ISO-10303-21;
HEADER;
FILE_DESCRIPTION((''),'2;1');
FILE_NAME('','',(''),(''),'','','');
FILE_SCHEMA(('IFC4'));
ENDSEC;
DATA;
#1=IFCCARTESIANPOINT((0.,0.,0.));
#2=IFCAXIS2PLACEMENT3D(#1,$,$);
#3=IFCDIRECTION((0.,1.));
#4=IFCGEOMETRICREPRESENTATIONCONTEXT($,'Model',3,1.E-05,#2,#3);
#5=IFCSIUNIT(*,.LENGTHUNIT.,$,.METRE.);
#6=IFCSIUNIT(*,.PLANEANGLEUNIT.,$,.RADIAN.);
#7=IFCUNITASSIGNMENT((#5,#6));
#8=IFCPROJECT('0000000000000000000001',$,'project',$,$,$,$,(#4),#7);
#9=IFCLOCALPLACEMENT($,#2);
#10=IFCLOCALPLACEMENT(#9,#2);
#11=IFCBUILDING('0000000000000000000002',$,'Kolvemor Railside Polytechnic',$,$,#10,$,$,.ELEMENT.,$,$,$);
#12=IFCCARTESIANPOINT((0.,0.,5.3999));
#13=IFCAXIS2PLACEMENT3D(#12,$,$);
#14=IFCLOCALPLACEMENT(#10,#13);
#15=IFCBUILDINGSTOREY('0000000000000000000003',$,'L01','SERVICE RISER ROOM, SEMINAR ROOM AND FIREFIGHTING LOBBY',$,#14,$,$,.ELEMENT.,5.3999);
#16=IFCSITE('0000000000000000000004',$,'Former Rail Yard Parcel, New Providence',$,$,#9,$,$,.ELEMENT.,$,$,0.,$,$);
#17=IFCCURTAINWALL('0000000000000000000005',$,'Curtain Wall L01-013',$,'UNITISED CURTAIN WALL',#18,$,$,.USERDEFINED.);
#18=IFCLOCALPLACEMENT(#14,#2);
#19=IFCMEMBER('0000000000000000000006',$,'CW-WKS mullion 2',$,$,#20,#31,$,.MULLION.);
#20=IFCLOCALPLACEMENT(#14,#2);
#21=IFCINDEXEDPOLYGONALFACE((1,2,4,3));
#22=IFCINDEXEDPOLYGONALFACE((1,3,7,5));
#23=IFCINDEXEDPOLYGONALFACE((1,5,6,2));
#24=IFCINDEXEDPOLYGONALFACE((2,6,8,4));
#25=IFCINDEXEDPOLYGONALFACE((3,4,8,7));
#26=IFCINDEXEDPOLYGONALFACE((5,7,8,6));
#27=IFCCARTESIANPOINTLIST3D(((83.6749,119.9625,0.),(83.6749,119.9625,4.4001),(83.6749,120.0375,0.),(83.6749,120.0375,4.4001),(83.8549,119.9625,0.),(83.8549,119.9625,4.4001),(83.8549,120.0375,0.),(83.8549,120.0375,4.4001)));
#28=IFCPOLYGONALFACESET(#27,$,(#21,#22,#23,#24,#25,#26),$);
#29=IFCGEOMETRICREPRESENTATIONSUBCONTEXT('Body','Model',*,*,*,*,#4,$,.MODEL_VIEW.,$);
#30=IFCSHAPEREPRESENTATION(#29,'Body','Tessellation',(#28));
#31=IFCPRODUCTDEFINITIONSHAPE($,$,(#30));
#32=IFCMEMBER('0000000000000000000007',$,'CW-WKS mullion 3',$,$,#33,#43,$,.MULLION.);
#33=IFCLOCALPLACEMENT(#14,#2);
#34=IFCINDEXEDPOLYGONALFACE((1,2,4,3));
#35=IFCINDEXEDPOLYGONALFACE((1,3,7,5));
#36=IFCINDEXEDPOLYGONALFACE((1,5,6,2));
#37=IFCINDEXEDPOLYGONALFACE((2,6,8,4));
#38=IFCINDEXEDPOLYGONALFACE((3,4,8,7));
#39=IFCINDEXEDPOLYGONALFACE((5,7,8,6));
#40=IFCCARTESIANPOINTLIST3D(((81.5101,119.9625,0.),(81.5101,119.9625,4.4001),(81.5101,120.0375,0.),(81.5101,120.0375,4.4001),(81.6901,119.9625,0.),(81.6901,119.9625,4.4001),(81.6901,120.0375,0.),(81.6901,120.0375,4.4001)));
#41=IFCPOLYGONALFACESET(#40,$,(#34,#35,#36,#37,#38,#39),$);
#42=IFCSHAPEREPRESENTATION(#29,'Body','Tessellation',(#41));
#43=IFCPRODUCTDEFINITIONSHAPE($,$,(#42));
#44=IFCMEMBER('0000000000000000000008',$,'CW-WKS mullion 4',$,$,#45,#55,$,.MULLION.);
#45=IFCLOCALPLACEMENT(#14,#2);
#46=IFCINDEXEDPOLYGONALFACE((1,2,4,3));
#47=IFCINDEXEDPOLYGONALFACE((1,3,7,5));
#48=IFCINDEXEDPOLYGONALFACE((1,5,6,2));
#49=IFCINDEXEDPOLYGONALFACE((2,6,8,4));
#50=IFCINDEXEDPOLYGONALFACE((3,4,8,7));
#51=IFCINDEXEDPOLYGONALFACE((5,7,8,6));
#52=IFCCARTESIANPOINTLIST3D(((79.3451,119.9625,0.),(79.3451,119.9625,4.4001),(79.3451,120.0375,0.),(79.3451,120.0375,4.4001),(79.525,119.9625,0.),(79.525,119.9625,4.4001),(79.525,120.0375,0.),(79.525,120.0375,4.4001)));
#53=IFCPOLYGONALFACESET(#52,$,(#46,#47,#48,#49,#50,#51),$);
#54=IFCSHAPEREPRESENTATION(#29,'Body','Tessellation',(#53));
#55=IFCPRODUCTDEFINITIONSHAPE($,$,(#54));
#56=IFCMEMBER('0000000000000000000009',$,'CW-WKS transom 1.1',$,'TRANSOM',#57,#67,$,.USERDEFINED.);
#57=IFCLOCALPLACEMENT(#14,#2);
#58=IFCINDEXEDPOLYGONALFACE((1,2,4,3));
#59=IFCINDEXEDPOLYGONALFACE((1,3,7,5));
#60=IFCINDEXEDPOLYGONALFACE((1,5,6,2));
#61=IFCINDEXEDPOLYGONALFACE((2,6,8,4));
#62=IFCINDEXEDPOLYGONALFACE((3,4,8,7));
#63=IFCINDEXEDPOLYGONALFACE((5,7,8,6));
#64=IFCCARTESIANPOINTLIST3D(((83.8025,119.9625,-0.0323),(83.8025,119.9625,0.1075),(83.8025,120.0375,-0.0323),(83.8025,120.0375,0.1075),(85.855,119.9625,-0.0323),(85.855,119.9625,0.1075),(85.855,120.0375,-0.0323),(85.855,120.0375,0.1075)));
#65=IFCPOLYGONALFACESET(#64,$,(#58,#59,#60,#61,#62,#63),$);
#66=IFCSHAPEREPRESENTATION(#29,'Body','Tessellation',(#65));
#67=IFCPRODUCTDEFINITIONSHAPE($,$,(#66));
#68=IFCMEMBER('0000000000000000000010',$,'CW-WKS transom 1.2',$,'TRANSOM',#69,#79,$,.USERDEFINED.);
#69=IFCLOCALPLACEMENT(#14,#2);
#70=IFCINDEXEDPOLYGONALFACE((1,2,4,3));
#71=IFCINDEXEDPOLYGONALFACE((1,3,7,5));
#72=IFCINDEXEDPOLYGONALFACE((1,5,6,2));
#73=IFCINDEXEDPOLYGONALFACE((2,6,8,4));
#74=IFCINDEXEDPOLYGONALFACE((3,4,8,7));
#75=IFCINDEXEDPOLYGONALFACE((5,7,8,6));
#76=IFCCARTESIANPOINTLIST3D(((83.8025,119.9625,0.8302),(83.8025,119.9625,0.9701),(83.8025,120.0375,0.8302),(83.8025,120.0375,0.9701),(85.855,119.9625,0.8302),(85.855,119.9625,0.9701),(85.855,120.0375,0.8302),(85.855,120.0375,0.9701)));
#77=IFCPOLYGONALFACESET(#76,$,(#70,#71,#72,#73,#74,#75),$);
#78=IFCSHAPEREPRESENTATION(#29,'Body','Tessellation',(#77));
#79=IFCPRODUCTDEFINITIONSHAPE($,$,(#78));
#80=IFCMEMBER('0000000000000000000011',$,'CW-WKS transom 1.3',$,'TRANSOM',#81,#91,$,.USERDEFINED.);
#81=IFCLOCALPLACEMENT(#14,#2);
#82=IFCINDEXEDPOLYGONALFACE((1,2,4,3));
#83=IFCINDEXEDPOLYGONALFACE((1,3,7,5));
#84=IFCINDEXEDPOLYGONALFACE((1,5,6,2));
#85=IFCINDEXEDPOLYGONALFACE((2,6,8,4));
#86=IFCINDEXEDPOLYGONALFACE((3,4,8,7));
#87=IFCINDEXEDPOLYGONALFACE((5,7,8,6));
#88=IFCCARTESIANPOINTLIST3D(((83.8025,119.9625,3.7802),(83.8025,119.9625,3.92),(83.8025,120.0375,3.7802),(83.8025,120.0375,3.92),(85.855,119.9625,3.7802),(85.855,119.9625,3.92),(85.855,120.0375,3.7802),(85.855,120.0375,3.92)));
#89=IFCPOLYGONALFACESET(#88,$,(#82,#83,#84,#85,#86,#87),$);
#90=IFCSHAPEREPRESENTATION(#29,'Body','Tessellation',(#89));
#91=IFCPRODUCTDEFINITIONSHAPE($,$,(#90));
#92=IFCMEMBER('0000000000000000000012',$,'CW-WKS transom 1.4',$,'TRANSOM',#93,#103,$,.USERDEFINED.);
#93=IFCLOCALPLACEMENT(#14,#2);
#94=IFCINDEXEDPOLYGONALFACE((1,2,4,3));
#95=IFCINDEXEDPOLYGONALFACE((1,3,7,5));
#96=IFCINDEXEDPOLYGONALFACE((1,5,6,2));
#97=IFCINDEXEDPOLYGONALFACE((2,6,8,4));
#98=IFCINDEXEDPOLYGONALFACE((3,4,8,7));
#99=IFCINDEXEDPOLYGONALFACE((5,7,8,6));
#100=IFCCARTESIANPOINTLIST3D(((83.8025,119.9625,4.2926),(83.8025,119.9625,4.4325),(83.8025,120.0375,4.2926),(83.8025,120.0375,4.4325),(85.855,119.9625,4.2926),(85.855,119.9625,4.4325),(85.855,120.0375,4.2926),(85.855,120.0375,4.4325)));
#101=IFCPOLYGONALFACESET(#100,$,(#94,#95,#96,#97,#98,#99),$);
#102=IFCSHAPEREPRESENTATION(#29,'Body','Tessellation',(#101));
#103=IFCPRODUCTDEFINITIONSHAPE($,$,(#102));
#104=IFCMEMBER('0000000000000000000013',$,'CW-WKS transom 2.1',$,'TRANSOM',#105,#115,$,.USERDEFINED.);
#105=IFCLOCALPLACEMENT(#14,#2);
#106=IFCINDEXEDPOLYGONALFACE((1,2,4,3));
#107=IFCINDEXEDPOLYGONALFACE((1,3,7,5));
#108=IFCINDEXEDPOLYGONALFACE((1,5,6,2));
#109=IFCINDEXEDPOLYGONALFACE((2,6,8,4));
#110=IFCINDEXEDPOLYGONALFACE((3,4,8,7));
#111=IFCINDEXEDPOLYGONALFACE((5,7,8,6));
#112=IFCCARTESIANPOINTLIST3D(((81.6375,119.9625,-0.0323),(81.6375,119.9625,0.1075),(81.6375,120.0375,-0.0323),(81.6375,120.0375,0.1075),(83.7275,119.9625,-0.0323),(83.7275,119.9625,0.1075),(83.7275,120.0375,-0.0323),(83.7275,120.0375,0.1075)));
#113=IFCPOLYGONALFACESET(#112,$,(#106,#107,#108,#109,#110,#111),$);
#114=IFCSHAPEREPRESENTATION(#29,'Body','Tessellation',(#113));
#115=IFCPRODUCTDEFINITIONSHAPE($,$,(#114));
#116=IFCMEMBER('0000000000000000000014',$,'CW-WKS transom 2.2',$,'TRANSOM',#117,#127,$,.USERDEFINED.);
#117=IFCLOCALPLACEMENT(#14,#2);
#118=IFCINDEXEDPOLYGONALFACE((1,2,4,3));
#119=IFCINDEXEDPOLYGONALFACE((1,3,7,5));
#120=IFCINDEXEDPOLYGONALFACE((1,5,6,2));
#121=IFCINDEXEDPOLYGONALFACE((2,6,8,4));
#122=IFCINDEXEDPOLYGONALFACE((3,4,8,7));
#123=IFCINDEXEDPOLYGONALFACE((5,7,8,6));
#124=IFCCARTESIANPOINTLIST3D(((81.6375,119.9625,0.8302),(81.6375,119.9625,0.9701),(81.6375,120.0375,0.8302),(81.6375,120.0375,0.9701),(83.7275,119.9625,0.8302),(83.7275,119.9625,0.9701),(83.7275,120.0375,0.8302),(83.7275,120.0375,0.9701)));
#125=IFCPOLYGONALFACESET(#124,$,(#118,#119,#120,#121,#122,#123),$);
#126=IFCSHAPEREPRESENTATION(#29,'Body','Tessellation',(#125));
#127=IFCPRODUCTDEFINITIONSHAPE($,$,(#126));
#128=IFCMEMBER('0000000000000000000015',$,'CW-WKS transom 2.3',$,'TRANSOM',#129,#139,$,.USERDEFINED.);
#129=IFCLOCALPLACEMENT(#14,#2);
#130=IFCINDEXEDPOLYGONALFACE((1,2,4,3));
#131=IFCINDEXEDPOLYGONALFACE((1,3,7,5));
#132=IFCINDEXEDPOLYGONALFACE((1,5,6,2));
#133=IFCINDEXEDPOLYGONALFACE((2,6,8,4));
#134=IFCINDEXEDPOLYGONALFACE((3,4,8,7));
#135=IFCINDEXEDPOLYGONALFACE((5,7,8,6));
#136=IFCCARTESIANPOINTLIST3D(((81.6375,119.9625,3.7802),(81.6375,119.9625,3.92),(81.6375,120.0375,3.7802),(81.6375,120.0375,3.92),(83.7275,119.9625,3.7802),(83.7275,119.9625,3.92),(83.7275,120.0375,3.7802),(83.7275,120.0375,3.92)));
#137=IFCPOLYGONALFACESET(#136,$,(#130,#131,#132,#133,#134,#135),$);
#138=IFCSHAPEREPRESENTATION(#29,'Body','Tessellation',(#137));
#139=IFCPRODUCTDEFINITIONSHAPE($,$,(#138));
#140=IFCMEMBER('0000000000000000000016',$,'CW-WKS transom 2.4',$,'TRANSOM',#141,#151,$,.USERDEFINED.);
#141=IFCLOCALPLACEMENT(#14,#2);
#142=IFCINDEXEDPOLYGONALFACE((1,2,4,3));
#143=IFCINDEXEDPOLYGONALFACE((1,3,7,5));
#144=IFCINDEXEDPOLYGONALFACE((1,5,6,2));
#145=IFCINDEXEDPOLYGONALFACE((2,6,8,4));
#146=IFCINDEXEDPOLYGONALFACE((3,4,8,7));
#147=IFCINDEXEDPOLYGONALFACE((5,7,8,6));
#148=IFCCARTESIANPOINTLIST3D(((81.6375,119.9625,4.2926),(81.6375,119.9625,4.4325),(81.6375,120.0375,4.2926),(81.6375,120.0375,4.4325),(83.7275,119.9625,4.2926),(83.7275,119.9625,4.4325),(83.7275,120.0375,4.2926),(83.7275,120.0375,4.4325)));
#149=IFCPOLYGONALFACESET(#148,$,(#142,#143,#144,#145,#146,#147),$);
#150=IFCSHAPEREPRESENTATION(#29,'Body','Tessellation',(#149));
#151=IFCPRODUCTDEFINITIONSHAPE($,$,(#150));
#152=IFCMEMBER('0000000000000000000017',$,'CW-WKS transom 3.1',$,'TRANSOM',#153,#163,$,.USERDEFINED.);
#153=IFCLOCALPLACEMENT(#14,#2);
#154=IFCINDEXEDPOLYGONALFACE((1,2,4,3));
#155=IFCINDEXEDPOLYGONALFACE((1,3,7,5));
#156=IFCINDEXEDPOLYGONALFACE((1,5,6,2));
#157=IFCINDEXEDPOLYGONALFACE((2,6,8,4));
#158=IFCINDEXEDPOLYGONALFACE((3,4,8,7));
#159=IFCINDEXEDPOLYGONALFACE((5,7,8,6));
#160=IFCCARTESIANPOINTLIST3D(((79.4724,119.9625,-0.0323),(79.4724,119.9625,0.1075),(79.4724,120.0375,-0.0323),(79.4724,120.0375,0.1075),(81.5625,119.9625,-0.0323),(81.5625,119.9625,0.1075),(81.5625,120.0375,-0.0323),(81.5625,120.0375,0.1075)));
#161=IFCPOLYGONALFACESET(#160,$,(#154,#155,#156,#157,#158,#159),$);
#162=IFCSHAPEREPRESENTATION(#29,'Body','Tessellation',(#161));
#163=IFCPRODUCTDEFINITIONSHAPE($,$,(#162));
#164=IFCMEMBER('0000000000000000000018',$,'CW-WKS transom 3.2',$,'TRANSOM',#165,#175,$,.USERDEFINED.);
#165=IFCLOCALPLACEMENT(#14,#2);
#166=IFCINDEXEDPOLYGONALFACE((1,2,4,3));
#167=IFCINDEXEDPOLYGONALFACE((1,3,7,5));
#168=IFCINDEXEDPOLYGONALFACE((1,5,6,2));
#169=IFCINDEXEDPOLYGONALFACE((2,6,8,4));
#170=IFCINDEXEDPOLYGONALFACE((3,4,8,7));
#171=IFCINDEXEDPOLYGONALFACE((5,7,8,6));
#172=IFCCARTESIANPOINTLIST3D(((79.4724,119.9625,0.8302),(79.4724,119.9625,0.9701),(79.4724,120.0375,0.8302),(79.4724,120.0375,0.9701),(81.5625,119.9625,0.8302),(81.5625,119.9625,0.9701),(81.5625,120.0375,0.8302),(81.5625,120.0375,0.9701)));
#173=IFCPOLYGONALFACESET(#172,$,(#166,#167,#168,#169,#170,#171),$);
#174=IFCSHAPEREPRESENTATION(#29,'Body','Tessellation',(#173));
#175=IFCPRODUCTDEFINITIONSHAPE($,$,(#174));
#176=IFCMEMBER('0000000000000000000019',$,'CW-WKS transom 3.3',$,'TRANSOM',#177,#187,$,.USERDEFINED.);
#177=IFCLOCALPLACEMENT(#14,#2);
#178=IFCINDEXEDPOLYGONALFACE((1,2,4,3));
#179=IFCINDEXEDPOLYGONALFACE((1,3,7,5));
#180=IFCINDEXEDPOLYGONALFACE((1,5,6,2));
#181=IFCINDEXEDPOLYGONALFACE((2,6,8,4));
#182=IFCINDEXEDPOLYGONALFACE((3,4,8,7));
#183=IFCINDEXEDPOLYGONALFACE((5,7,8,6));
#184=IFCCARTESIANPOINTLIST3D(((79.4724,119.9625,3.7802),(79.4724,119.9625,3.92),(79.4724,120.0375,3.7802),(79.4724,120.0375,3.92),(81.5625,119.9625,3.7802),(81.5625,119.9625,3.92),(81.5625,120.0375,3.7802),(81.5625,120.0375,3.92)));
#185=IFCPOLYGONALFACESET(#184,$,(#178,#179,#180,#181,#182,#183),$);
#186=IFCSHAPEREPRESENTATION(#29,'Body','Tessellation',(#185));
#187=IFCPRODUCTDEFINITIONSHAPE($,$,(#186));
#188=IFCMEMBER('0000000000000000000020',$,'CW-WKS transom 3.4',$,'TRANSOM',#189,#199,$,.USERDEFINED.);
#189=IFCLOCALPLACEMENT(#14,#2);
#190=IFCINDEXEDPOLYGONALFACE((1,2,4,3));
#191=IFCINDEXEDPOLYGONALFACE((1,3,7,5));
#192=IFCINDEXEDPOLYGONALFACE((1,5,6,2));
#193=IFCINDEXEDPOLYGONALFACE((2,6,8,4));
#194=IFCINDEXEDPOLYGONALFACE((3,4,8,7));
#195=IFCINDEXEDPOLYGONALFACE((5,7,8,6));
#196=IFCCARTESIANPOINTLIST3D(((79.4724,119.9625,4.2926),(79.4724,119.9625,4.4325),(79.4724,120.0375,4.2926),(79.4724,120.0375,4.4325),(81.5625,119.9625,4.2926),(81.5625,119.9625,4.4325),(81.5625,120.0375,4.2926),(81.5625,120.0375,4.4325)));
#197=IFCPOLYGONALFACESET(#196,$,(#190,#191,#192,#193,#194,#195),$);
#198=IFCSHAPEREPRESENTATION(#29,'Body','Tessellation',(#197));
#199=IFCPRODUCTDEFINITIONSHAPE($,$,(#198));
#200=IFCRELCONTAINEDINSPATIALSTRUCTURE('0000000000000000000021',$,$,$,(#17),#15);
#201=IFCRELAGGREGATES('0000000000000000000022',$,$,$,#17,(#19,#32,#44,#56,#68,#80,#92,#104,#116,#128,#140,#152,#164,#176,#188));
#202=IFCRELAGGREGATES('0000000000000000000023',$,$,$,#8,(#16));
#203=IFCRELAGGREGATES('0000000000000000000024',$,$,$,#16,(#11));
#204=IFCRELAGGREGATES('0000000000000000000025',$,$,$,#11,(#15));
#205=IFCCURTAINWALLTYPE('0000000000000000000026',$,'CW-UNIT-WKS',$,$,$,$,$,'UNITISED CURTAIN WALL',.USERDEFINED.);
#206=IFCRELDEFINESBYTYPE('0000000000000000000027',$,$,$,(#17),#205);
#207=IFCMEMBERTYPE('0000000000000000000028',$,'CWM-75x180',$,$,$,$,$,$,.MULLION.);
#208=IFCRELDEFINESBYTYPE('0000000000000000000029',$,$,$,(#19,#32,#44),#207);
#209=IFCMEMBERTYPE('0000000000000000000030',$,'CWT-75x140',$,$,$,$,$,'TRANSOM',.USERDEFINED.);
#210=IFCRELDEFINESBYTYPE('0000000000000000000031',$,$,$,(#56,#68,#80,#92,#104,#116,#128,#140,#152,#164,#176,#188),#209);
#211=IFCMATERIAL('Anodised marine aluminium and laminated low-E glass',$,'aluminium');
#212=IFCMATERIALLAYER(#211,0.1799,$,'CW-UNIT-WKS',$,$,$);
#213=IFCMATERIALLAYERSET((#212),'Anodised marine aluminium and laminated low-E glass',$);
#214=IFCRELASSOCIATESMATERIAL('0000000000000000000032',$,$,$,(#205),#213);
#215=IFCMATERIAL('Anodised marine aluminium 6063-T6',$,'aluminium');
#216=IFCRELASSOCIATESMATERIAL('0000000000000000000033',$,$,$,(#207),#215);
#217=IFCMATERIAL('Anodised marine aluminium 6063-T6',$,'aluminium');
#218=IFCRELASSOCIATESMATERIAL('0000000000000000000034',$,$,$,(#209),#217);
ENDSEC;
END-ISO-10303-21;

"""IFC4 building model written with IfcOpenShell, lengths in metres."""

from ifc_helpers import new_model, si_unit, direction, frame, origin, origin_2d, place, context, subcontext, project, spatial, rectangle, extrude, material, layer, layer_set, material_profile, profile_set, type_object, element, aggregate, save


model = new_model("IFC4")

# Units and contexts
model_context = context("Model", 3, precision=1e-05, world=origin(), true_north=direction((0.0, 1.0)))
body_context = subcontext(model_context, "Body", "Model", "MODEL_VIEW")
ifc_project = project(units=[si_unit("LENGTHUNIT", "METRE"), si_unit("PLANEANGLEUNIT", "RADIAN")], contexts=[model_context])

# Site, building, storey
site_placement = place(None, origin())
site = spatial("IfcSite", under=ifc_project, at=site_placement, Name="Former Rail Yard Parcel, New Providence", CompositionType="ELEMENT", RefElevation=0.0)
building_placement = place(site_placement, origin())
building = spatial("IfcBuilding", under=site, at=building_placement, Name="Kolvemor Railside Polytechnic", CompositionType="ELEMENT")
storey_placement = place(building_placement, frame((0.0, 0.0, 5.3999)))
storey = spatial("IfcBuildingStorey", under=building, at=storey_placement, Name="L01", Description="SERVICE RISER ROOM, SEMINAR ROOM AND FIREFIGHTING LOBBY", CompositionType="ELEMENT", Elevation=5.3999)

# Curtain wall, members
ifc_material_1 = material(Name="Anodised marine aluminium and laminated low-E glass", Category="aluminium")
ifc_layer_1 = layer(ifc_material_1, 0.1799, Name="CW-UNIT-WKS")
ifc_layer_set_1 = layer_set([ifc_layer_1], Name="Anodised marine aluminium and laminated low-E glass")
curtain_wall_type = type_object("IfcCurtainWallType", Name="CW-UNIT-WKS", ElementType="UNITISED CURTAIN WALL", PredefinedType="USERDEFINED", material=ifc_layer_set_1)
curtain_wall_placement = place(storey_placement, origin())
curtain_wall = element("IfcCurtainWall", 1, at=curtain_wall_placement, inside=storey, type_object=curtain_wall_type, Name="Curtain Wall L01-013", ObjectType="UNITISED CURTAIN WALL", PredefinedType="USERDEFINED")
ifc_material_2 = material(Name="Anodised marine aluminium 6063-T6", Category="aluminium")
ifc_material_profile_1 = material_profile(ifc_material_2, rectangle(XDim=0.075, YDim=0.1799, at=origin_2d()), Name="CW-MUL-75x180")
ifc_profile_set_1 = profile_set([ifc_material_profile_1], Name="Anodised marine aluminium 6063-T6")
member_type_1 = type_object("IfcMemberType", Name="CWM-75x180", PredefinedType="MULLION", material=ifc_profile_set_1)
member_1_placement = place(storey_placement, frame((83.7649, 120.0, 0.0), z_axis=(0.0, 0.0, 1.0), x_axis=(0.0, -1.0, 0.0)))
member_1 = element("IfcMember", 2, at=member_1_placement, type_object=member_type_1, Name="CW-WKS mullion 2", PredefinedType="MULLION", context=body_context, shape_type="SweptSolid", body=[
    extrude(rectangle(XDim=0.075, YDim=0.1799, at=origin_2d()), origin(), (0.0, 0.0, 1.0), 4.4001),
])
member_2_placement = place(storey_placement, frame((81.6001, 120.0, 0.0), z_axis=(0.0, 0.0, 1.0), x_axis=(0.0, -1.0, 0.0)))
member_2 = element("IfcMember", 3, at=member_2_placement, type_object=member_type_1, Name="CW-WKS mullion 3", PredefinedType="MULLION", context=body_context, shape_type="SweptSolid", body=[
    extrude(rectangle(XDim=0.075, YDim=0.1799, at=origin_2d()), origin(), (0.0, 0.0, 1.0), 4.4001),
])
member_3_placement = place(storey_placement, frame((79.4351, 120.0, 0.0), z_axis=(0.0, 0.0, 1.0), x_axis=(0.0, -1.0, 0.0)))
member_3 = element("IfcMember", 4, at=member_3_placement, type_object=member_type_1, Name="CW-WKS mullion 4", PredefinedType="MULLION", context=body_context, shape_type="SweptSolid", body=[
    extrude(rectangle(XDim=0.075, YDim=0.1799, at=origin_2d()), origin(), (0.0, 0.0, 1.0), 4.4001),
])
ifc_material_3 = material(Name="Anodised marine aluminium 6063-T6", Category="aluminium")
ifc_material_profile_2 = material_profile(ifc_material_3, rectangle(XDim=0.075, YDim=0.1399, at=origin_2d()), Name="CW-TRN-75x140")
ifc_profile_set_2 = profile_set([ifc_material_profile_2], Name="Anodised marine aluminium 6063-T6")
member_type_2 = type_object("IfcMemberType", Name="CWT-75x140", ElementType="TRANSOM", PredefinedType="USERDEFINED", material=ifc_profile_set_2)
member_4_placement = place(storey_placement, frame((85.855, 120.0, 0.0376), z_axis=(-1.0, 0.0, 0.0), x_axis=(0.0, -1.0, 0.0)))
member_4 = element("IfcMember", 5, at=member_4_placement, type_object=member_type_2, Name="CW-WKS transom 1.1", ObjectType="TRANSOM", PredefinedType="USERDEFINED", context=body_context, shape_type="SweptSolid", body=[
    extrude(rectangle(XDim=0.075, YDim=0.1399, at=origin_2d()), origin(), (0.0, 0.0, 1.0), 2.0525),
])
member_5_placement = place(storey_placement, frame((85.855, 120.0, 0.9001), z_axis=(-1.0, 0.0, 0.0), x_axis=(0.0, -1.0, 0.0)))
member_5 = element("IfcMember", 6, at=member_5_placement, type_object=member_type_2, Name="CW-WKS transom 1.2", ObjectType="TRANSOM", PredefinedType="USERDEFINED", context=body_context, shape_type="SweptSolid", body=[
    extrude(rectangle(XDim=0.075, YDim=0.1399, at=origin_2d()), origin(), (0.0, 0.0, 1.0), 2.0525),
])
member_6_placement = place(storey_placement, frame((85.855, 120.0, 3.8501), z_axis=(-1.0, 0.0, 0.0), x_axis=(0.0, -1.0, 0.0)))
member_6 = element("IfcMember", 7, at=member_6_placement, type_object=member_type_2, Name="CW-WKS transom 1.3", ObjectType="TRANSOM", PredefinedType="USERDEFINED", context=body_context, shape_type="SweptSolid", body=[
    extrude(rectangle(XDim=0.075, YDim=0.1399, at=origin_2d()), origin(), (0.0, 0.0, 1.0), 2.0525),
])
member_7_placement = place(storey_placement, frame((85.855, 120.0, 4.3625), z_axis=(-1.0, 0.0, 0.0), x_axis=(0.0, -1.0, 0.0)))
member_7 = element("IfcMember", 8, at=member_7_placement, type_object=member_type_2, Name="CW-WKS transom 1.4", ObjectType="TRANSOM", PredefinedType="USERDEFINED", context=body_context, shape_type="SweptSolid", body=[
    extrude(rectangle(XDim=0.075, YDim=0.1399, at=origin_2d()), origin(), (0.0, 0.0, 1.0), 2.0525),
])
member_8_placement = place(storey_placement, frame((83.7275, 120.0, 0.0376), z_axis=(-1.0, 0.0, 0.0), x_axis=(0.0, -1.0, 0.0)))
member_8 = element("IfcMember", 9, at=member_8_placement, type_object=member_type_2, Name="CW-WKS transom 2.1", ObjectType="TRANSOM", PredefinedType="USERDEFINED", context=body_context, shape_type="SweptSolid", body=[
    extrude(rectangle(XDim=0.075, YDim=0.1399, at=origin_2d()), origin(), (0.0, 0.0, 1.0), 2.0901),
])
member_9_placement = place(storey_placement, frame((83.7275, 120.0, 0.9001), z_axis=(-1.0, 0.0, 0.0), x_axis=(0.0, -1.0, 0.0)))
member_9 = element("IfcMember", 10, at=member_9_placement, type_object=member_type_2, Name="CW-WKS transom 2.2", ObjectType="TRANSOM", PredefinedType="USERDEFINED", context=body_context, shape_type="SweptSolid", body=[
    extrude(rectangle(XDim=0.075, YDim=0.1399, at=origin_2d()), origin(), (0.0, 0.0, 1.0), 2.0901),
])
member_10_placement = place(storey_placement, frame((83.7275, 120.0, 3.8501), z_axis=(-1.0, 0.0, 0.0), x_axis=(0.0, -1.0, 0.0)))
member_10 = element("IfcMember", 11, at=member_10_placement, type_object=member_type_2, Name="CW-WKS transom 2.3", ObjectType="TRANSOM", PredefinedType="USERDEFINED", context=body_context, shape_type="SweptSolid", body=[
    extrude(rectangle(XDim=0.075, YDim=0.1399, at=origin_2d()), origin(), (0.0, 0.0, 1.0), 2.0901),
])
member_11_placement = place(storey_placement, frame((83.7275, 120.0, 4.3625), z_axis=(-1.0, 0.0, 0.0), x_axis=(0.0, -1.0, 0.0)))
member_11 = element("IfcMember", 12, at=member_11_placement, type_object=member_type_2, Name="CW-WKS transom 2.4", ObjectType="TRANSOM", PredefinedType="USERDEFINED", context=body_context, shape_type="SweptSolid", body=[
    extrude(rectangle(XDim=0.075, YDim=0.1399, at=origin_2d()), origin(), (0.0, 0.0, 1.0), 2.0901),
])
member_12_placement = place(storey_placement, frame((81.5625, 120.0, 0.0376), z_axis=(-1.0, 0.0, 0.0), x_axis=(0.0, -1.0, 0.0)))
member_12 = element("IfcMember", 13, at=member_12_placement, type_object=member_type_2, Name="CW-WKS transom 3.1", ObjectType="TRANSOM", PredefinedType="USERDEFINED", context=body_context, shape_type="SweptSolid", body=[
    extrude(rectangle(XDim=0.075, YDim=0.1399, at=origin_2d()), origin(), (0.0, 0.0, 1.0), 2.0901),
])
member_13_placement = place(storey_placement, frame((81.5625, 120.0, 0.9001), z_axis=(-1.0, 0.0, 0.0), x_axis=(0.0, -1.0, 0.0)))
member_13 = element("IfcMember", 14, at=member_13_placement, type_object=member_type_2, Name="CW-WKS transom 3.2", ObjectType="TRANSOM", PredefinedType="USERDEFINED", context=body_context, shape_type="SweptSolid", body=[
    extrude(rectangle(XDim=0.075, YDim=0.1399, at=origin_2d()), origin(), (0.0, 0.0, 1.0), 2.0901),
])
member_14_placement = place(storey_placement, frame((81.5625, 120.0, 3.8501), z_axis=(-1.0, 0.0, 0.0), x_axis=(0.0, -1.0, 0.0)))
member_14 = element("IfcMember", 15, at=member_14_placement, type_object=member_type_2, Name="CW-WKS transom 3.3", ObjectType="TRANSOM", PredefinedType="USERDEFINED", context=body_context, shape_type="SweptSolid", body=[
    extrude(rectangle(XDim=0.075, YDim=0.1399, at=origin_2d()), origin(), (0.0, 0.0, 1.0), 2.0901),
])
member_15_placement = place(storey_placement, frame((81.5625, 120.0, 4.3625), z_axis=(-1.0, 0.0, 0.0), x_axis=(0.0, -1.0, 0.0)))
member_15 = element("IfcMember", 16, at=member_15_placement, type_object=member_type_2, Name="CW-WKS transom 3.4", ObjectType="TRANSOM", PredefinedType="USERDEFINED", context=body_context, shape_type="SweptSolid", body=[
    extrude(rectangle(XDim=0.075, YDim=0.1399, at=origin_2d()), origin(), (0.0, 0.0, 1.0), 2.0901),
])
aggregate(curtain_wall, [member_1, member_2, member_3, member_4, member_5, member_6, member_7, member_8, member_9, member_10, member_11, member_12, member_13, member_14, member_15])

save(model, "model.ifc")
